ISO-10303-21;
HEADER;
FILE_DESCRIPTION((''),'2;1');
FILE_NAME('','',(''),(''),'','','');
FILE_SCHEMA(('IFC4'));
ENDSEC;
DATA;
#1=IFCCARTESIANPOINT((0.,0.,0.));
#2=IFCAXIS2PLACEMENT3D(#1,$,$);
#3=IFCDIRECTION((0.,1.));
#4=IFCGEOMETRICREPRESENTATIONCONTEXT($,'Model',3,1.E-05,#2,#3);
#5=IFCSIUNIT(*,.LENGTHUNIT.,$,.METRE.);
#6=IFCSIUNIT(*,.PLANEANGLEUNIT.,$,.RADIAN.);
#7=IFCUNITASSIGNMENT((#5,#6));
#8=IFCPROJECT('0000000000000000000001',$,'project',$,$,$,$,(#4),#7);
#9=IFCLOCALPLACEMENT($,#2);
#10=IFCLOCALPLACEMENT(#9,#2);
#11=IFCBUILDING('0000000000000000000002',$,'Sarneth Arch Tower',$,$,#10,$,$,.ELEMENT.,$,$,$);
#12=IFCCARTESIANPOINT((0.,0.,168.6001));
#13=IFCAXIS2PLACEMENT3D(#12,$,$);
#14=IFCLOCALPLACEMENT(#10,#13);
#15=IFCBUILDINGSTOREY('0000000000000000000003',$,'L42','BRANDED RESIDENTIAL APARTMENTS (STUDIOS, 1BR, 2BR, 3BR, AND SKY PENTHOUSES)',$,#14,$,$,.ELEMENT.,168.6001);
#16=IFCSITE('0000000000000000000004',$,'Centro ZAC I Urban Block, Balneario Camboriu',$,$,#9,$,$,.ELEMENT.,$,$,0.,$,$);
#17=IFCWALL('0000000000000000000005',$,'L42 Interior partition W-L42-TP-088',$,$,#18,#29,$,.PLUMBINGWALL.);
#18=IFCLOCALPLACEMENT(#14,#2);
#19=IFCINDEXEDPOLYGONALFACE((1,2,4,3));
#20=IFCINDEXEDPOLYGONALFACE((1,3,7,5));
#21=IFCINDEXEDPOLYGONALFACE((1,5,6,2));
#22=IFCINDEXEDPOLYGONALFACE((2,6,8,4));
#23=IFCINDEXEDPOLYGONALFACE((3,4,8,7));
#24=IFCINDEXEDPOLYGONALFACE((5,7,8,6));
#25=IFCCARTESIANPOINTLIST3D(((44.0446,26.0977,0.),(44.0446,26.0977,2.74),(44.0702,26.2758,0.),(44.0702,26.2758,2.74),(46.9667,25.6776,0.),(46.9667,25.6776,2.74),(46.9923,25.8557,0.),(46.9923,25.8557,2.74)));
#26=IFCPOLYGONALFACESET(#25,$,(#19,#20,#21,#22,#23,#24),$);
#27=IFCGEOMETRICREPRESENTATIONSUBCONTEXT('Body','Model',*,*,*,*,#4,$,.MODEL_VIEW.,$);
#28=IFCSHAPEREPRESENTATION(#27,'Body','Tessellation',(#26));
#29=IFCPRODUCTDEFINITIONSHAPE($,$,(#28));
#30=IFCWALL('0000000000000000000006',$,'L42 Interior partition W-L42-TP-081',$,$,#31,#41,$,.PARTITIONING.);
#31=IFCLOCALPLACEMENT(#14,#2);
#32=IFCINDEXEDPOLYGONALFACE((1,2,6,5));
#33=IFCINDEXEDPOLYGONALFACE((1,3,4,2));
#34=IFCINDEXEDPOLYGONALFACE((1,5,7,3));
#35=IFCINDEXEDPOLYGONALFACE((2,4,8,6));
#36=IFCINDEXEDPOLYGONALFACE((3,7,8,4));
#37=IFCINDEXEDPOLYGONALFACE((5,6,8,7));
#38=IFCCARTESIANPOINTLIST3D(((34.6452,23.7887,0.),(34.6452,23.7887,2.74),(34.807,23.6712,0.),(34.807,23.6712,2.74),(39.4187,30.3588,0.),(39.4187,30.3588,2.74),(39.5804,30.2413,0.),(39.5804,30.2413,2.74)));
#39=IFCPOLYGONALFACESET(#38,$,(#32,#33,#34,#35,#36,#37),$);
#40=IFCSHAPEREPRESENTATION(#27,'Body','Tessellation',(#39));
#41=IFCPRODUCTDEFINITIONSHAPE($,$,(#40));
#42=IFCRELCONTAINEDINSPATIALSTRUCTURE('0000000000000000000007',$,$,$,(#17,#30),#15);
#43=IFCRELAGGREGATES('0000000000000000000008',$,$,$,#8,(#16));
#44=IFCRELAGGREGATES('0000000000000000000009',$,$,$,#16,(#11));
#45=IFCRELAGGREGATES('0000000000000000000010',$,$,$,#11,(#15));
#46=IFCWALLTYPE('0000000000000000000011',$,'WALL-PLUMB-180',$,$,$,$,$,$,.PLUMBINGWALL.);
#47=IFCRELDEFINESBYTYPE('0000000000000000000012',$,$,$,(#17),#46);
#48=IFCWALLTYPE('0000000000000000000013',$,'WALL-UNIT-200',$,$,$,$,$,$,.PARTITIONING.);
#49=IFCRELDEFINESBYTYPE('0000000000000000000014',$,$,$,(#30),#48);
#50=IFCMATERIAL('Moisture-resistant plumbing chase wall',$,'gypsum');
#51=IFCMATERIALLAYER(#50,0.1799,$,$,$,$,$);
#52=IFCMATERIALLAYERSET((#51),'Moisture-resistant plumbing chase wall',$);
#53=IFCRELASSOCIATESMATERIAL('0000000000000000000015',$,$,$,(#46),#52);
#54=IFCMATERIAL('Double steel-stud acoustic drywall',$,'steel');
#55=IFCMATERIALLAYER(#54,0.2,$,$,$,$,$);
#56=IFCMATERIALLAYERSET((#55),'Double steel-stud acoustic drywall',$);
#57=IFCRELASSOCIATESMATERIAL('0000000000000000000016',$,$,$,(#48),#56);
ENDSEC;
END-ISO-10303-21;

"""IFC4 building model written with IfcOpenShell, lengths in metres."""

from ifc_helpers import new_model, si_unit, direction, frame, frame_2d, origin, place, context, subcontext, project, spatial, rectangle, extrude, material, layer, layer_set, type_object, element, save


model = new_model("IFC4")

# Units and contexts
model_context = context("Model", 3, precision=1e-05, world=origin(), true_north=direction((0.0, 1.0)))
body_context = subcontext(model_context, "Body", "Model", "MODEL_VIEW")
ifc_project = project(units=[si_unit("LENGTHUNIT", "METRE"), si_unit("PLANEANGLEUNIT", "RADIAN")], contexts=[model_context])

# Site, building, storey
site_placement = place(None, origin())
site = spatial("IfcSite", under=ifc_project, at=site_placement, Name="Centro ZAC I Urban Block, Balneario Camboriu", CompositionType="ELEMENT", RefElevation=0.0)
building_placement = place(site_placement, origin())
building = spatial("IfcBuilding", under=site, at=building_placement, Name="Sarneth Arch Tower", CompositionType="ELEMENT")
storey_placement = place(building_placement, frame((0.0, 0.0, 168.6001)))
storey = spatial("IfcBuildingStorey", under=building, at=storey_placement, Name="L42", Description="BRANDED RESIDENTIAL APARTMENTS (STUDIOS, 1BR, 2BR, 3BR, AND SKY PENTHOUSES)", CompositionType="ELEMENT", Elevation=168.6001)

# Walls
ifc_material_1 = material(Name="Moisture-resistant plumbing chase wall", Category="gypsum")
ifc_layer_1 = layer(ifc_material_1, 0.1799)
ifc_layer_set_1 = layer_set([ifc_layer_1], Name="Moisture-resistant plumbing chase wall")
wall_type_1 = type_object("IfcWallType", Name="WALL-PLUMB-180", PredefinedType="PLUMBINGWALL", material=ifc_layer_set_1)
wall_1_placement = place(storey_placement, frame((46.9795, 25.7666, 0.0), z_axis=(0.0, 0.0, 1.0), x_axis=(-0.98982, 0.142324, 0.0)))
element("IfcWall", 1, at=wall_1_placement, inside=storey, type_object=wall_type_1, Name="L42 Interior partition W-L42-TP-088", PredefinedType="PLUMBINGWALL", context=body_context, shape_type="SweptSolid", body=[
    extrude(rectangle(XDim=2.9521, YDim=0.1799, at=frame_2d((1.4761, 0.0))), origin(), (0.0, 0.0, 1.0), 2.74),
])
ifc_material_2 = material(Name="Double steel-stud acoustic drywall", Category="steel")
ifc_layer_2 = layer(ifc_material_2, 0.2)
ifc_layer_set_2 = layer_set([ifc_layer_2], Name="Double steel-stud acoustic drywall")
wall_type_2 = type_object("IfcWallType", Name="WALL-UNIT-200", PredefinedType="PARTITIONING", material=ifc_layer_set_2)
wall_2_placement = place(storey_placement, frame((34.7261, 23.73, 0.0), z_axis=(0.0, 0.0, 1.0), x_axis=(0.587786, 0.809017, 0.0)))
element("IfcWall", 2, at=wall_2_placement, inside=storey, type_object=wall_type_2, Name="L42 Interior partition W-L42-TP-081", PredefinedType="PARTITIONING", context=body_context, shape_type="SweptSolid", body=[
    extrude(rectangle(XDim=8.1211, YDim=0.2, at=frame_2d((4.0605, 0.0))), origin(), (0.0, 0.0, 1.0), 2.74),
])

save(model, "model.ifc")
